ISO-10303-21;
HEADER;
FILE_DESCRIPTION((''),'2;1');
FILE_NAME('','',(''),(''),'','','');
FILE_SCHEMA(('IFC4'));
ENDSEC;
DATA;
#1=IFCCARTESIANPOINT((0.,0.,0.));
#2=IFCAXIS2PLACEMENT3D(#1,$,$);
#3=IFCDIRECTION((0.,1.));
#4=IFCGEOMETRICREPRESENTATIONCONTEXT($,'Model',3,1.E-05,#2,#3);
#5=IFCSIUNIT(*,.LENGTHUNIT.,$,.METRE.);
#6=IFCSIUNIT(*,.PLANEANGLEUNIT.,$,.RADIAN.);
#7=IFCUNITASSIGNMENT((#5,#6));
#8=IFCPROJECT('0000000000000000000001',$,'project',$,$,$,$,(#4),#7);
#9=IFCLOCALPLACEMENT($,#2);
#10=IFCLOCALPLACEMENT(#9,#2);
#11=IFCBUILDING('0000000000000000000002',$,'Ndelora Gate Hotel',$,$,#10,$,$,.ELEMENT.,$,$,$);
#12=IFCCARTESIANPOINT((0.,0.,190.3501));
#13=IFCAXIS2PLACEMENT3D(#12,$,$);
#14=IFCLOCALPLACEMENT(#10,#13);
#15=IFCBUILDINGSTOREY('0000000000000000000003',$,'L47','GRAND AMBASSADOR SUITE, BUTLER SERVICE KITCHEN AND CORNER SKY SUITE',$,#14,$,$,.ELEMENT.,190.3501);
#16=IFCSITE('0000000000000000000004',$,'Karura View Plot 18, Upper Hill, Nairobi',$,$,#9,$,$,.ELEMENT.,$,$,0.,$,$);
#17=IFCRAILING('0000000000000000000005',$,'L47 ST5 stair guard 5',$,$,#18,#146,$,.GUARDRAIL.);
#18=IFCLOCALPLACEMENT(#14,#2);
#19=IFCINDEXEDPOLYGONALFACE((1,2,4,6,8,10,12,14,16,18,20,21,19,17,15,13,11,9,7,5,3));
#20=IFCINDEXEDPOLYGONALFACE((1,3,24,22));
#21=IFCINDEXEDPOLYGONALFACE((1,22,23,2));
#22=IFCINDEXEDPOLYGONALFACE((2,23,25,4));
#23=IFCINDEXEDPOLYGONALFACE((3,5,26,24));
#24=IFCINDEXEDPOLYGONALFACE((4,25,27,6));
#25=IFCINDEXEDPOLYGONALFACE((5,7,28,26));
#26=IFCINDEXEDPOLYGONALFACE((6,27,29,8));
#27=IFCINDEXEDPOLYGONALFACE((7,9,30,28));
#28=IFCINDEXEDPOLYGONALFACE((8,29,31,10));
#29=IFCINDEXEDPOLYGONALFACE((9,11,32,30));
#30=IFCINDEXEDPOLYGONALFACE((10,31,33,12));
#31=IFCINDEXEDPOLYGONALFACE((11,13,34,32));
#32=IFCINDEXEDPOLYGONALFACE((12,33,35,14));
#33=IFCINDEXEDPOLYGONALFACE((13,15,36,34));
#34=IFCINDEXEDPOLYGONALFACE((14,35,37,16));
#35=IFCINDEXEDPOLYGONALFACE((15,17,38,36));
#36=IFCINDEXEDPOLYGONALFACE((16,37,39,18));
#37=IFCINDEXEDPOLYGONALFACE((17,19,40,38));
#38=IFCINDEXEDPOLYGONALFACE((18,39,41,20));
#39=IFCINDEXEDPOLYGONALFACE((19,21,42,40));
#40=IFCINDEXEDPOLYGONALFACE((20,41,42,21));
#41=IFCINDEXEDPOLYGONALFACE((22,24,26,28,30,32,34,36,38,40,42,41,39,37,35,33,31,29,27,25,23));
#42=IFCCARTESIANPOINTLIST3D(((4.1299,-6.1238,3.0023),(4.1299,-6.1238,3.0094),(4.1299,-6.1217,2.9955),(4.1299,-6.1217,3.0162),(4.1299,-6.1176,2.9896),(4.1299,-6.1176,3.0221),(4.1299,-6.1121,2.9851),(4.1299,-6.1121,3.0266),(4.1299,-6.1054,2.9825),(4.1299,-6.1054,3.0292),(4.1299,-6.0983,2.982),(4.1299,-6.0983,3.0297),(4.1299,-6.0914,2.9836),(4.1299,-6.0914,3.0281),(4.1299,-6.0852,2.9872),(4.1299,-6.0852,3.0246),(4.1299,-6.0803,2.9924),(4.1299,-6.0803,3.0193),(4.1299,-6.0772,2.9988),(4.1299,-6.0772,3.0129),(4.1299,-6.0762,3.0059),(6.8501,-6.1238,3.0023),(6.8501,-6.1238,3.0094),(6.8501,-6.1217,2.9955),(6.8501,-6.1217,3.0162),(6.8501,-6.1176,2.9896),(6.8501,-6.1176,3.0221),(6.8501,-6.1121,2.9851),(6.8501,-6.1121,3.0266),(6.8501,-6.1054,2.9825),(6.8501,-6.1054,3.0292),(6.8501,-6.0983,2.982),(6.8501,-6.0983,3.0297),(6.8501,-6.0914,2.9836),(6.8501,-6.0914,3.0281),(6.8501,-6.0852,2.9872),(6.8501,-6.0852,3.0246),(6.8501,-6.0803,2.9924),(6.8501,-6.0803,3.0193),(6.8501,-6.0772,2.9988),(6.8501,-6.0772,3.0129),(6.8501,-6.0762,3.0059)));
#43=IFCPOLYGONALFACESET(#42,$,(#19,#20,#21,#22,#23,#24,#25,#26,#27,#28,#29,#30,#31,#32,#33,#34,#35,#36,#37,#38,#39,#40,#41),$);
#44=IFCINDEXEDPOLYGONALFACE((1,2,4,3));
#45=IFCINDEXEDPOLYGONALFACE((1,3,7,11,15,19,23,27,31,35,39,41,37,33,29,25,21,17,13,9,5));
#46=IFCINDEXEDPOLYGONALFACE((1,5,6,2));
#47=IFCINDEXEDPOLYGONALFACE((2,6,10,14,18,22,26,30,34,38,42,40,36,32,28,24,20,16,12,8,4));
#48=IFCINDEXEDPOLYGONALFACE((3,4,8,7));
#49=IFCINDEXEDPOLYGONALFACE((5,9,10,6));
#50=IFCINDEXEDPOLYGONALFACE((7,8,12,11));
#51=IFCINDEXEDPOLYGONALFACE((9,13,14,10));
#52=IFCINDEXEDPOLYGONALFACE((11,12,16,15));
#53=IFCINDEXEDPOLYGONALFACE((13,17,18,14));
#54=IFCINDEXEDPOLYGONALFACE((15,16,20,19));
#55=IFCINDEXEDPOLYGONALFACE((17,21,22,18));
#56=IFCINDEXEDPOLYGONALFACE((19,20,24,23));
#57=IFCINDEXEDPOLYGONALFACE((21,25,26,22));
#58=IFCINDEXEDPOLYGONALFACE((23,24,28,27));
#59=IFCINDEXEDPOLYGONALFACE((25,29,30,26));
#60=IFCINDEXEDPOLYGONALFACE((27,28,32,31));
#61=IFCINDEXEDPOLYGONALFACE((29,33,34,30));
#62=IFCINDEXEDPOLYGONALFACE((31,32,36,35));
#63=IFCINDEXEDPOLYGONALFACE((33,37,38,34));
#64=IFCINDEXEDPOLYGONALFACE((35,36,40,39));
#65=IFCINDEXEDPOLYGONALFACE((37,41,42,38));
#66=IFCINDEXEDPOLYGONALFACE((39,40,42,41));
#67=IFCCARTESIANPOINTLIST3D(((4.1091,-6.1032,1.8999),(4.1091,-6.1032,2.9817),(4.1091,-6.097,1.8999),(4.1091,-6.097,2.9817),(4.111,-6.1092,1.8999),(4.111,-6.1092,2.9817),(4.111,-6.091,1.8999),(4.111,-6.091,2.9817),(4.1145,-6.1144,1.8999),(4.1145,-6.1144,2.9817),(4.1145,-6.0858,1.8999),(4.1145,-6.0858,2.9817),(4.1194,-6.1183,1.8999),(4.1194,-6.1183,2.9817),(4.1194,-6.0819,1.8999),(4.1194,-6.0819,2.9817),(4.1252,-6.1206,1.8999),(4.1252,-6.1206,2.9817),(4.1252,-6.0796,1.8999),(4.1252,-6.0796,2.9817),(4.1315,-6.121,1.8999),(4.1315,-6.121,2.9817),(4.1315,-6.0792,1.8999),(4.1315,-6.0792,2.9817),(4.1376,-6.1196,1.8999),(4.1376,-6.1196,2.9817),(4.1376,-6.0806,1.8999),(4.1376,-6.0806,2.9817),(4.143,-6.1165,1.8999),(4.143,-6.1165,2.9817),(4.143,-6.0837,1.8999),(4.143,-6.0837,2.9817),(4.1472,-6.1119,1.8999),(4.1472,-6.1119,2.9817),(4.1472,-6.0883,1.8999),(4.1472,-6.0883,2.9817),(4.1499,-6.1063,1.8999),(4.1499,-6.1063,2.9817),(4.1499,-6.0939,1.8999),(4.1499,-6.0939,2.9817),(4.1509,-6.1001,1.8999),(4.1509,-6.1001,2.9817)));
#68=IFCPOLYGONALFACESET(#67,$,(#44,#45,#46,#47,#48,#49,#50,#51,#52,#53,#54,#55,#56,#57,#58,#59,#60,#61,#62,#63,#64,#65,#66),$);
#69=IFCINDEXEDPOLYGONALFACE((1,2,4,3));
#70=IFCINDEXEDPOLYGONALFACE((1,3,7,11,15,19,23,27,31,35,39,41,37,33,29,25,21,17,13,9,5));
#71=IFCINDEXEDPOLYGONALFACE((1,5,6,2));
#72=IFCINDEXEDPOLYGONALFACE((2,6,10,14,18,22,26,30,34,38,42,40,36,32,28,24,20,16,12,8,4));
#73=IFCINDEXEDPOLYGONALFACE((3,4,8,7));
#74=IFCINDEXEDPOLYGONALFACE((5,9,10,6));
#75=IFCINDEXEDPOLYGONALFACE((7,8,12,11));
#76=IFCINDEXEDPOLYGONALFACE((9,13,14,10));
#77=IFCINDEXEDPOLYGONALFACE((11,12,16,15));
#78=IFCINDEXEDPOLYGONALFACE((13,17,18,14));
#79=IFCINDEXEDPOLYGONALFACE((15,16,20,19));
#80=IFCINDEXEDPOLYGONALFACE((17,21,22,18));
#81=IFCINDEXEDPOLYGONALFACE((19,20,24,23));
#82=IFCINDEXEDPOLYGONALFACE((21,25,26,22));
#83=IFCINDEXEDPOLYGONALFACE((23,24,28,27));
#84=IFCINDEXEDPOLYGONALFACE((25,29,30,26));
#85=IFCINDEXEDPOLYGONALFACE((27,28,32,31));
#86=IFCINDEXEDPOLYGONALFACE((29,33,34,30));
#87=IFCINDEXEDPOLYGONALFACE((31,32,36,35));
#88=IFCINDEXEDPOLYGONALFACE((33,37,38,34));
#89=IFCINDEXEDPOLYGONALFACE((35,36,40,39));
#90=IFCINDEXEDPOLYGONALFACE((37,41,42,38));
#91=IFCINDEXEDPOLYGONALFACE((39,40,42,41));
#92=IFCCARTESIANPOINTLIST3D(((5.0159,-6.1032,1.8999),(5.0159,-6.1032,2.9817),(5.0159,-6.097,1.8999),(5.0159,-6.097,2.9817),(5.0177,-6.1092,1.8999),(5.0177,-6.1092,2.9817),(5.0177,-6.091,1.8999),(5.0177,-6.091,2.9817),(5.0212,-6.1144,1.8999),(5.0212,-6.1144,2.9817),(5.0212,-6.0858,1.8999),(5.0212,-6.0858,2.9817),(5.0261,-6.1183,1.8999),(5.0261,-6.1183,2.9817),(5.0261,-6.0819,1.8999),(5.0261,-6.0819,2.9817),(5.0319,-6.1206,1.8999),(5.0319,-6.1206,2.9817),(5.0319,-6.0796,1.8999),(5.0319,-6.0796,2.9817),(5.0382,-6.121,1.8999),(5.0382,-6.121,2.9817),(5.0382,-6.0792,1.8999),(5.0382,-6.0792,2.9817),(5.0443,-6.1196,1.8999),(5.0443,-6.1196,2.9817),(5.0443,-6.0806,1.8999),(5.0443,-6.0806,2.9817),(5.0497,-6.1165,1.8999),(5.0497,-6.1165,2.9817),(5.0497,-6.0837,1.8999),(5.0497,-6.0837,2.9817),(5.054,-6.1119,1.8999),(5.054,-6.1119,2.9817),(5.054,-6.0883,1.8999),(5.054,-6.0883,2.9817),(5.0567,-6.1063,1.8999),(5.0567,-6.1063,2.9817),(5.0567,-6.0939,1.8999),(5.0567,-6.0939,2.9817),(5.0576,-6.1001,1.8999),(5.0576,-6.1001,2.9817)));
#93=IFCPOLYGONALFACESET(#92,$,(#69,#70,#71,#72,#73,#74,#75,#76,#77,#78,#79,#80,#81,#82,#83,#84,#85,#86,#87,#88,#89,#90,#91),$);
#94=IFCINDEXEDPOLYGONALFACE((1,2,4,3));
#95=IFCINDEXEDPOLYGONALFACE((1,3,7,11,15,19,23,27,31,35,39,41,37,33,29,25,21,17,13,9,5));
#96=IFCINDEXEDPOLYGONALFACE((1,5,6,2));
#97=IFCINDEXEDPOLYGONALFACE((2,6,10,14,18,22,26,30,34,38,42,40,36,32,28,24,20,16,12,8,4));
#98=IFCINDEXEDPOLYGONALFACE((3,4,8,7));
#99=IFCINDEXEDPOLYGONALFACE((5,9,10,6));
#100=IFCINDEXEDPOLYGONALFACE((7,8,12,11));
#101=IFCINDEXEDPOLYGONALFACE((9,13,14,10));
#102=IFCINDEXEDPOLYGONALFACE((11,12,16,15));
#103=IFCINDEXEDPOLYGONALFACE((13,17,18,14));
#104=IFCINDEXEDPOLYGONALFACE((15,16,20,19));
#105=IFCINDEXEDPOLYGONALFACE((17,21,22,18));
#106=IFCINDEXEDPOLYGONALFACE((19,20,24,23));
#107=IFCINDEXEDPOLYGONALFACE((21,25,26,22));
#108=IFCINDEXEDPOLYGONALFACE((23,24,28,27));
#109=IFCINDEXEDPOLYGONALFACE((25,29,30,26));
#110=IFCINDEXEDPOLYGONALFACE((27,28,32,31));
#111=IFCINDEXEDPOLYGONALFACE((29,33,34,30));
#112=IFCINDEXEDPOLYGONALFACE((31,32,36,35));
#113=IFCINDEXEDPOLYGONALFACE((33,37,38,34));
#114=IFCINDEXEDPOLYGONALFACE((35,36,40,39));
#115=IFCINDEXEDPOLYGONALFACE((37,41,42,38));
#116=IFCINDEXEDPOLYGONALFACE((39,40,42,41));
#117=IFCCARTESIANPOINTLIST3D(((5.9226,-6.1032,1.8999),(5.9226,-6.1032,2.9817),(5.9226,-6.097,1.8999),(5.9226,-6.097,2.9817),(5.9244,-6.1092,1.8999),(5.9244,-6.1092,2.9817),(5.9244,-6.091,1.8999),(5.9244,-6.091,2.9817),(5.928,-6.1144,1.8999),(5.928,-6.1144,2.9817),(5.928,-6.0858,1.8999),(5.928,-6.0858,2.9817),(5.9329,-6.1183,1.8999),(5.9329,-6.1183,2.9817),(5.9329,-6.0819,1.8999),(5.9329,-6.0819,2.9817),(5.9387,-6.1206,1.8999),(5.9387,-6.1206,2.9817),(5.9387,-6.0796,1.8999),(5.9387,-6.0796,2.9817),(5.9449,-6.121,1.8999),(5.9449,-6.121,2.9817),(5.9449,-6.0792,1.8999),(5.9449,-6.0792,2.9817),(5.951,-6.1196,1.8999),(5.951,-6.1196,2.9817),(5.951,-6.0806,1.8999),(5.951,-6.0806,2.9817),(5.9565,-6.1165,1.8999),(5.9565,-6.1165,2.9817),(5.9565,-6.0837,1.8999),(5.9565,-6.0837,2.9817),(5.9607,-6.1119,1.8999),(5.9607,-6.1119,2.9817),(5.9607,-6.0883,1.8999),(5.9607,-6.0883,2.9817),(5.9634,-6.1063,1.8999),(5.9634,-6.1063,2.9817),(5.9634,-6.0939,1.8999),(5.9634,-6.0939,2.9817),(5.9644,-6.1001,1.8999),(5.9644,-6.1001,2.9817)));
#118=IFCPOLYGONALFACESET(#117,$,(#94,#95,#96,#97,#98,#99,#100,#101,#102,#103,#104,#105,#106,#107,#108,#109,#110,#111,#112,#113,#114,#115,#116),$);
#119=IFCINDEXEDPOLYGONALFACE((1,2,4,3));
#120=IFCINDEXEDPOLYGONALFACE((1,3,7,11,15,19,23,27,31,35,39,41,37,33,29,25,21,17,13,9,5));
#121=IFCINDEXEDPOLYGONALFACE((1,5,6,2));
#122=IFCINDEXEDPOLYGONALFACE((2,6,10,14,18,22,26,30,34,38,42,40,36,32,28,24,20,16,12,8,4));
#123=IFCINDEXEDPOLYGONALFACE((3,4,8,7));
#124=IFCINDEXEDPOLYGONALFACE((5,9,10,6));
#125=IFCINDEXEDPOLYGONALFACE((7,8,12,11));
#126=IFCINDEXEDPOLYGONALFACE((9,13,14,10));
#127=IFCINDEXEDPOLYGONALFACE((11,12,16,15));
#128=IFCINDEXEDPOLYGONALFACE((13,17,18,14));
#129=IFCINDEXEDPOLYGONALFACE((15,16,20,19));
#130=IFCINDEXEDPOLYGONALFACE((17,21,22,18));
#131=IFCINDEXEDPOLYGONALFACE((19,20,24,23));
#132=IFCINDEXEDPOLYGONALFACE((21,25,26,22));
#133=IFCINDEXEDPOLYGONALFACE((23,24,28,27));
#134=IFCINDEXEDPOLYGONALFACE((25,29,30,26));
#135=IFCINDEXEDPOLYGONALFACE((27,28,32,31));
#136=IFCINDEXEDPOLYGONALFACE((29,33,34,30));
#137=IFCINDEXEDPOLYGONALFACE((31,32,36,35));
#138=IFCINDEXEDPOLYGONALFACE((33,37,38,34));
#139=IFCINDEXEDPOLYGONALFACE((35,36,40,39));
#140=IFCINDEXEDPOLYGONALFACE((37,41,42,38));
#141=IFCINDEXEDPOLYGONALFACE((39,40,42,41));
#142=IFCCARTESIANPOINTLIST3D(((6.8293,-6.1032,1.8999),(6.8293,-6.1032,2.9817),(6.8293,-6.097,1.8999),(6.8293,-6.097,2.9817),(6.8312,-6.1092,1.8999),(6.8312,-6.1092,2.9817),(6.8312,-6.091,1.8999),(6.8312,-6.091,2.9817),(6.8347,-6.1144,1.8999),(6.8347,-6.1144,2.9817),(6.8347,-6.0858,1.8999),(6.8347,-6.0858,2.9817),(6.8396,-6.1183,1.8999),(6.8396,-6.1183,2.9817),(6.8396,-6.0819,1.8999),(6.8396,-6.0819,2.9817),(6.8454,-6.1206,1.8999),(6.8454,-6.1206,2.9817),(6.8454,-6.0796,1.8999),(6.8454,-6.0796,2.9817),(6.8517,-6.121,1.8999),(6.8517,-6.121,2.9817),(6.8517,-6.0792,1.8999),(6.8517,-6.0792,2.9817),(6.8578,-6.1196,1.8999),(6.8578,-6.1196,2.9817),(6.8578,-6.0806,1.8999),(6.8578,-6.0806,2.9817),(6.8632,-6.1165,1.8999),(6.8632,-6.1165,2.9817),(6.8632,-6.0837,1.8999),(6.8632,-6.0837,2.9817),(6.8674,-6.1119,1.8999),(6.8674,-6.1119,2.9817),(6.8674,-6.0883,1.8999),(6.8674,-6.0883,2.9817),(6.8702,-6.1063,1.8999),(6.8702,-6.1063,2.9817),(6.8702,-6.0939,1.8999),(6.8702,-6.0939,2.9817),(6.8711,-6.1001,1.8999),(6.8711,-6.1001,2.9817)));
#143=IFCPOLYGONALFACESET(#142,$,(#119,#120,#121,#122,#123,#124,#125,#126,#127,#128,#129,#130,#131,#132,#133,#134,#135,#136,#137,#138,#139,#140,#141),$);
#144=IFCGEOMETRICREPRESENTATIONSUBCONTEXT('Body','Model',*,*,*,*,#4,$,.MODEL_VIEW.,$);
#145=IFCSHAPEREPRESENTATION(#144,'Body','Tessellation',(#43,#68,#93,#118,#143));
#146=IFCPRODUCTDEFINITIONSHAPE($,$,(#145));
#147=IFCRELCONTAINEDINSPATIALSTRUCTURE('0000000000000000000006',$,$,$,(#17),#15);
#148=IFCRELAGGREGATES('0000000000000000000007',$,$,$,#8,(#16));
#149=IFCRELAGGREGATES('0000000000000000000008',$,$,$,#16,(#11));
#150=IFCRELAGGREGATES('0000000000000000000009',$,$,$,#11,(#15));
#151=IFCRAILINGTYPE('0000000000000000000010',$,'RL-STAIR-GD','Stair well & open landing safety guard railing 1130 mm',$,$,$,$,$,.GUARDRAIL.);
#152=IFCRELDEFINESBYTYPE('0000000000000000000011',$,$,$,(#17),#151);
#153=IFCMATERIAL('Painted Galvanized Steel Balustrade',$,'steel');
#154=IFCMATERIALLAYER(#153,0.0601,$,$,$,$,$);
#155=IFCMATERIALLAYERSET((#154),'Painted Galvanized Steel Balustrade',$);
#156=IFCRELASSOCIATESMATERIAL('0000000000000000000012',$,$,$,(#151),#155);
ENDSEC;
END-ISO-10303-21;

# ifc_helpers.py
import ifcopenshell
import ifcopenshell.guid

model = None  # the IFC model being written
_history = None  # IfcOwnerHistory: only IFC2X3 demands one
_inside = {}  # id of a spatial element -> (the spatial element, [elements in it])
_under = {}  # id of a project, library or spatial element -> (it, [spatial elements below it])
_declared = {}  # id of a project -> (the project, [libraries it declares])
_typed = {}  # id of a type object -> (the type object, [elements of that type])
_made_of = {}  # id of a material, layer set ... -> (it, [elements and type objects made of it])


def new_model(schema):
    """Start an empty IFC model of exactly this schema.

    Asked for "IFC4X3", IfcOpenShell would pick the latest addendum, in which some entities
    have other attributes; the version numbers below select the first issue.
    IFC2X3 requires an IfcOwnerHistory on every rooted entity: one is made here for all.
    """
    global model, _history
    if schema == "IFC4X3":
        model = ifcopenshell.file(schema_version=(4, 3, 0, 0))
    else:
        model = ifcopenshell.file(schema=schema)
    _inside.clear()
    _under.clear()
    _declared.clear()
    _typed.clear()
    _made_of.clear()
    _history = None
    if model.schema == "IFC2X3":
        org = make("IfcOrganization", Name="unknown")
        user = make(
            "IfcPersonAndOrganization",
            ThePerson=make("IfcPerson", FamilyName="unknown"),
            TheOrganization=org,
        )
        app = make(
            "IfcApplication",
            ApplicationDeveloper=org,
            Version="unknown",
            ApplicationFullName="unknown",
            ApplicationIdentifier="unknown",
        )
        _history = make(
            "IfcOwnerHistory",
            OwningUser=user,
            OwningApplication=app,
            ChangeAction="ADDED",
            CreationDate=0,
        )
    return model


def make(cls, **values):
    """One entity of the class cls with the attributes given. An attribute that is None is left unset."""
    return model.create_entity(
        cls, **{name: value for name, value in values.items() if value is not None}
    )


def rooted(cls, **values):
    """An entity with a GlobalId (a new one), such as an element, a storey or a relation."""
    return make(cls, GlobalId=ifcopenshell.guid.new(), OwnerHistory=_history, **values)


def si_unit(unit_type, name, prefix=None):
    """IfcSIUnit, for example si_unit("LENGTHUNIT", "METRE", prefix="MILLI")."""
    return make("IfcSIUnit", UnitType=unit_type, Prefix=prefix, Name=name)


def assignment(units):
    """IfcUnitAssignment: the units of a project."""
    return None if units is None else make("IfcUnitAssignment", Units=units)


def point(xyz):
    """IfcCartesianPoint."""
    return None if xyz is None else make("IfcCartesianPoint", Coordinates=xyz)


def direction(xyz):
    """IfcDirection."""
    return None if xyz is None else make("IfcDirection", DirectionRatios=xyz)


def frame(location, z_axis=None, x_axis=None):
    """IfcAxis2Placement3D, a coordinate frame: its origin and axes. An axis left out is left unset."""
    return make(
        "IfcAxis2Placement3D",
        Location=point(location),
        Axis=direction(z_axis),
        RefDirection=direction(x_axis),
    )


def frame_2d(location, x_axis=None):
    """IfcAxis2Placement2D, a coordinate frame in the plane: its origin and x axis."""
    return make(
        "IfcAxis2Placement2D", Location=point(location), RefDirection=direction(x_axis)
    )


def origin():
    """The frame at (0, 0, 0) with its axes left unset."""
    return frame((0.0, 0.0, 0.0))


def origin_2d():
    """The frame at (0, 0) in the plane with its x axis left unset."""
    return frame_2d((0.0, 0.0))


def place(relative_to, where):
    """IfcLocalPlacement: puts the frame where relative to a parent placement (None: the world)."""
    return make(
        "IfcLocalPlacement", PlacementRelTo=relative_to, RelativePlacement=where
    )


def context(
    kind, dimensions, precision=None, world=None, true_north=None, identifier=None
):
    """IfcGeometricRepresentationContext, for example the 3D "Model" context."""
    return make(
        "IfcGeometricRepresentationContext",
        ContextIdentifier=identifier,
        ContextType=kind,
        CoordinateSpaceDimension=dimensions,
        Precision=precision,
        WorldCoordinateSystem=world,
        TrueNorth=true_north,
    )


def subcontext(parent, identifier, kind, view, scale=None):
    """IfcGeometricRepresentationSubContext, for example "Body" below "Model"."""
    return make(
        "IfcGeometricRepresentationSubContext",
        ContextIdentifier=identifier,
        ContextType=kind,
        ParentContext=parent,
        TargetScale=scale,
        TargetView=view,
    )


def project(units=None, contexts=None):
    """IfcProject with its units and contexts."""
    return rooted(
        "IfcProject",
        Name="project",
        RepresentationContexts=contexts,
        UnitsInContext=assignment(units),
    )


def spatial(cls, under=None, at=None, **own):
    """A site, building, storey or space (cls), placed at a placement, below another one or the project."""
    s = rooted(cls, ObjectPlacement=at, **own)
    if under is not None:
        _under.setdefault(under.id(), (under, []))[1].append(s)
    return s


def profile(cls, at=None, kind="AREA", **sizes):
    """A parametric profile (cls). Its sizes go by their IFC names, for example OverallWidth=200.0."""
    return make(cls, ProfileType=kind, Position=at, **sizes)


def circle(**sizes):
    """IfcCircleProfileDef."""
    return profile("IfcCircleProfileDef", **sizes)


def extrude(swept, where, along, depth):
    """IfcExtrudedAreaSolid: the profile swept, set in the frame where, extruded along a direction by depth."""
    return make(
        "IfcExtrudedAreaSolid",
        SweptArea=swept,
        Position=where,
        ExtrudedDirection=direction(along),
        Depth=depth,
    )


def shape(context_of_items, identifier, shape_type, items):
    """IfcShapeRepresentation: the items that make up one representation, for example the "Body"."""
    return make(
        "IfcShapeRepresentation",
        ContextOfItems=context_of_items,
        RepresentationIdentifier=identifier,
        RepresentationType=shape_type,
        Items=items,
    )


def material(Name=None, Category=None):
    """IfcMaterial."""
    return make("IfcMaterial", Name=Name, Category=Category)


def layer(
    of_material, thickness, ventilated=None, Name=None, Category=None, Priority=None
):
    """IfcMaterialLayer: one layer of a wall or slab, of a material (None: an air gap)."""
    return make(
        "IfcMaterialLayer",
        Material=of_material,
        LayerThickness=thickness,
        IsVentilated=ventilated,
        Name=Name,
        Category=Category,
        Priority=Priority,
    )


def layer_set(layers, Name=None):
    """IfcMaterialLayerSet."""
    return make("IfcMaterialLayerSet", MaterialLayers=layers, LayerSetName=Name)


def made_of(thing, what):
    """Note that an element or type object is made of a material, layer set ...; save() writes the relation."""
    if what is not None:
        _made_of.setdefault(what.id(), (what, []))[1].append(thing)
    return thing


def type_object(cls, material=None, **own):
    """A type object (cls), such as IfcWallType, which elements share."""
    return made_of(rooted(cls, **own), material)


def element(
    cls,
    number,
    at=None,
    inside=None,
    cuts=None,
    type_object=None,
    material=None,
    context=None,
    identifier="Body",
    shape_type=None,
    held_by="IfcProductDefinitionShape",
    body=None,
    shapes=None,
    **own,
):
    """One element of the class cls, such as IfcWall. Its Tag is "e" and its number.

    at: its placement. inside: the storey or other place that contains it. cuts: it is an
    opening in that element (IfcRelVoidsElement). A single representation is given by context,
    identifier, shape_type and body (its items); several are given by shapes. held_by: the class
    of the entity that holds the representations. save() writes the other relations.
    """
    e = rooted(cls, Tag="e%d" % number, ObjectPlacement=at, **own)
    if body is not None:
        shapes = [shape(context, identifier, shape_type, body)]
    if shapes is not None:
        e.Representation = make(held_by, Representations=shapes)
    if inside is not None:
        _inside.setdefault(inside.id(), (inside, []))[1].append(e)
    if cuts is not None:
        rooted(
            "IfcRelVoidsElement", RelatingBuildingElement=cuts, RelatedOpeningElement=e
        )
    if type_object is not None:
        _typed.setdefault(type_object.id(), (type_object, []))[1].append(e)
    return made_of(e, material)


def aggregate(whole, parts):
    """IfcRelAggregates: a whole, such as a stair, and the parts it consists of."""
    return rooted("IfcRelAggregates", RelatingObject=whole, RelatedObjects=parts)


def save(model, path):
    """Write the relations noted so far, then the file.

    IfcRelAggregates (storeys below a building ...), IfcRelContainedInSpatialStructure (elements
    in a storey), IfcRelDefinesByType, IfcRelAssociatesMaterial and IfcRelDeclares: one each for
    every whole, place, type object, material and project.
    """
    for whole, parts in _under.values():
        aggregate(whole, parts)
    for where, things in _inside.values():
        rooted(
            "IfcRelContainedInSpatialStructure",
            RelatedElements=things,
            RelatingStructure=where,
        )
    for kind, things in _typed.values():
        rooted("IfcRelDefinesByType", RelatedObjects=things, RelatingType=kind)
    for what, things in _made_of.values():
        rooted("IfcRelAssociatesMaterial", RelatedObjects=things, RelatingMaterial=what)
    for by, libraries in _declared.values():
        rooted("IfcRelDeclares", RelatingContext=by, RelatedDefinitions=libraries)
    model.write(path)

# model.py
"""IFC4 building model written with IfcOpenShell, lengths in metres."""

from ifc_helpers import new_model, si_unit, direction, frame, origin, origin_2d, place, context, subcontext, project, spatial, circle, extrude, material, layer, layer_set, type_object, element, save


model = new_model("IFC4")

# Units and contexts
model_context = context("Model", 3, precision=1e-05, world=origin(), true_north=direction((0.0, 1.0)))
body_context = subcontext(model_context, "Body", "Model", "MODEL_VIEW")
ifc_project = project(units=[si_unit("LENGTHUNIT", "METRE"), si_unit("PLANEANGLEUNIT", "RADIAN")], contexts=[model_context])

# Site, building, storey
site_placement = place(None, origin())
site = spatial("IfcSite", under=ifc_project, at=site_placement, Name="Karura View Plot 18, Upper Hill, Nairobi", CompositionType="ELEMENT", RefElevation=0.0)
building_placement = place(site_placement, origin())
building = spatial("IfcBuilding", under=site, at=building_placement, Name="Ndelora Gate Hotel", CompositionType="ELEMENT")
storey_placement = place(building_placement, frame((0.0, 0.0, 190.3501)))
storey = spatial("IfcBuildingStorey", under=building, at=storey_placement, Name="L47", Description="GRAND AMBASSADOR SUITE, BUTLER SERVICE KITCHEN AND CORNER SKY SUITE", CompositionType="ELEMENT", Elevation=190.3501)

# Railing
ifc_material_1 = material(Name="Painted Galvanized Steel Balustrade", Category="steel")
ifc_layer_1 = layer(ifc_material_1, 0.0601)
ifc_layer_set_1 = layer_set([ifc_layer_1], Name="Painted Galvanized Steel Balustrade")
railing_type_1 = type_object("IfcRailingType", Name="RL-STAIR-GD", Description="Stair well & open landing safety guard railing 1130 mm", PredefinedType="GUARDRAIL", material=ifc_layer_set_1)
railing_1_placement = place(storey_placement, frame((4.1299, -6.1001, 1.8999)))
element("IfcRailing", 1, at=railing_1_placement, inside=storey, type_object=railing_type_1, Name="L47 ST5 stair guard 5", PredefinedType="GUARDRAIL", context=body_context, shape_type="SweptSolid", body=[
    extrude(circle(Radius=0.0239, at=origin_2d()), frame((0.0, 0.0, 1.106), z_axis=(1.0, 0.0, 0.0), x_axis=(0.0, 1.0, 0.0)), (0.0, 0.0, 1.0), 2.7202),
    extrude(circle(Radius=0.021, at=origin_2d()), origin(), (0.0, 0.0, 1.0), 1.0818),
    extrude(circle(Radius=0.021, at=origin_2d()), frame((0.9067, 0.0, 0.0)), (0.0, 0.0, 1.0), 1.0818),
    extrude(circle(Radius=0.021, at=origin_2d()), frame((1.8135, 0.0, 0.0)), (0.0, 0.0, 1.0), 1.0818),
    extrude(circle(Radius=0.021, at=origin_2d()), frame((2.7202, 0.0, 0.0)), (0.0, 0.0, 1.0), 1.0818),
])

save(model, "model.ifc")
